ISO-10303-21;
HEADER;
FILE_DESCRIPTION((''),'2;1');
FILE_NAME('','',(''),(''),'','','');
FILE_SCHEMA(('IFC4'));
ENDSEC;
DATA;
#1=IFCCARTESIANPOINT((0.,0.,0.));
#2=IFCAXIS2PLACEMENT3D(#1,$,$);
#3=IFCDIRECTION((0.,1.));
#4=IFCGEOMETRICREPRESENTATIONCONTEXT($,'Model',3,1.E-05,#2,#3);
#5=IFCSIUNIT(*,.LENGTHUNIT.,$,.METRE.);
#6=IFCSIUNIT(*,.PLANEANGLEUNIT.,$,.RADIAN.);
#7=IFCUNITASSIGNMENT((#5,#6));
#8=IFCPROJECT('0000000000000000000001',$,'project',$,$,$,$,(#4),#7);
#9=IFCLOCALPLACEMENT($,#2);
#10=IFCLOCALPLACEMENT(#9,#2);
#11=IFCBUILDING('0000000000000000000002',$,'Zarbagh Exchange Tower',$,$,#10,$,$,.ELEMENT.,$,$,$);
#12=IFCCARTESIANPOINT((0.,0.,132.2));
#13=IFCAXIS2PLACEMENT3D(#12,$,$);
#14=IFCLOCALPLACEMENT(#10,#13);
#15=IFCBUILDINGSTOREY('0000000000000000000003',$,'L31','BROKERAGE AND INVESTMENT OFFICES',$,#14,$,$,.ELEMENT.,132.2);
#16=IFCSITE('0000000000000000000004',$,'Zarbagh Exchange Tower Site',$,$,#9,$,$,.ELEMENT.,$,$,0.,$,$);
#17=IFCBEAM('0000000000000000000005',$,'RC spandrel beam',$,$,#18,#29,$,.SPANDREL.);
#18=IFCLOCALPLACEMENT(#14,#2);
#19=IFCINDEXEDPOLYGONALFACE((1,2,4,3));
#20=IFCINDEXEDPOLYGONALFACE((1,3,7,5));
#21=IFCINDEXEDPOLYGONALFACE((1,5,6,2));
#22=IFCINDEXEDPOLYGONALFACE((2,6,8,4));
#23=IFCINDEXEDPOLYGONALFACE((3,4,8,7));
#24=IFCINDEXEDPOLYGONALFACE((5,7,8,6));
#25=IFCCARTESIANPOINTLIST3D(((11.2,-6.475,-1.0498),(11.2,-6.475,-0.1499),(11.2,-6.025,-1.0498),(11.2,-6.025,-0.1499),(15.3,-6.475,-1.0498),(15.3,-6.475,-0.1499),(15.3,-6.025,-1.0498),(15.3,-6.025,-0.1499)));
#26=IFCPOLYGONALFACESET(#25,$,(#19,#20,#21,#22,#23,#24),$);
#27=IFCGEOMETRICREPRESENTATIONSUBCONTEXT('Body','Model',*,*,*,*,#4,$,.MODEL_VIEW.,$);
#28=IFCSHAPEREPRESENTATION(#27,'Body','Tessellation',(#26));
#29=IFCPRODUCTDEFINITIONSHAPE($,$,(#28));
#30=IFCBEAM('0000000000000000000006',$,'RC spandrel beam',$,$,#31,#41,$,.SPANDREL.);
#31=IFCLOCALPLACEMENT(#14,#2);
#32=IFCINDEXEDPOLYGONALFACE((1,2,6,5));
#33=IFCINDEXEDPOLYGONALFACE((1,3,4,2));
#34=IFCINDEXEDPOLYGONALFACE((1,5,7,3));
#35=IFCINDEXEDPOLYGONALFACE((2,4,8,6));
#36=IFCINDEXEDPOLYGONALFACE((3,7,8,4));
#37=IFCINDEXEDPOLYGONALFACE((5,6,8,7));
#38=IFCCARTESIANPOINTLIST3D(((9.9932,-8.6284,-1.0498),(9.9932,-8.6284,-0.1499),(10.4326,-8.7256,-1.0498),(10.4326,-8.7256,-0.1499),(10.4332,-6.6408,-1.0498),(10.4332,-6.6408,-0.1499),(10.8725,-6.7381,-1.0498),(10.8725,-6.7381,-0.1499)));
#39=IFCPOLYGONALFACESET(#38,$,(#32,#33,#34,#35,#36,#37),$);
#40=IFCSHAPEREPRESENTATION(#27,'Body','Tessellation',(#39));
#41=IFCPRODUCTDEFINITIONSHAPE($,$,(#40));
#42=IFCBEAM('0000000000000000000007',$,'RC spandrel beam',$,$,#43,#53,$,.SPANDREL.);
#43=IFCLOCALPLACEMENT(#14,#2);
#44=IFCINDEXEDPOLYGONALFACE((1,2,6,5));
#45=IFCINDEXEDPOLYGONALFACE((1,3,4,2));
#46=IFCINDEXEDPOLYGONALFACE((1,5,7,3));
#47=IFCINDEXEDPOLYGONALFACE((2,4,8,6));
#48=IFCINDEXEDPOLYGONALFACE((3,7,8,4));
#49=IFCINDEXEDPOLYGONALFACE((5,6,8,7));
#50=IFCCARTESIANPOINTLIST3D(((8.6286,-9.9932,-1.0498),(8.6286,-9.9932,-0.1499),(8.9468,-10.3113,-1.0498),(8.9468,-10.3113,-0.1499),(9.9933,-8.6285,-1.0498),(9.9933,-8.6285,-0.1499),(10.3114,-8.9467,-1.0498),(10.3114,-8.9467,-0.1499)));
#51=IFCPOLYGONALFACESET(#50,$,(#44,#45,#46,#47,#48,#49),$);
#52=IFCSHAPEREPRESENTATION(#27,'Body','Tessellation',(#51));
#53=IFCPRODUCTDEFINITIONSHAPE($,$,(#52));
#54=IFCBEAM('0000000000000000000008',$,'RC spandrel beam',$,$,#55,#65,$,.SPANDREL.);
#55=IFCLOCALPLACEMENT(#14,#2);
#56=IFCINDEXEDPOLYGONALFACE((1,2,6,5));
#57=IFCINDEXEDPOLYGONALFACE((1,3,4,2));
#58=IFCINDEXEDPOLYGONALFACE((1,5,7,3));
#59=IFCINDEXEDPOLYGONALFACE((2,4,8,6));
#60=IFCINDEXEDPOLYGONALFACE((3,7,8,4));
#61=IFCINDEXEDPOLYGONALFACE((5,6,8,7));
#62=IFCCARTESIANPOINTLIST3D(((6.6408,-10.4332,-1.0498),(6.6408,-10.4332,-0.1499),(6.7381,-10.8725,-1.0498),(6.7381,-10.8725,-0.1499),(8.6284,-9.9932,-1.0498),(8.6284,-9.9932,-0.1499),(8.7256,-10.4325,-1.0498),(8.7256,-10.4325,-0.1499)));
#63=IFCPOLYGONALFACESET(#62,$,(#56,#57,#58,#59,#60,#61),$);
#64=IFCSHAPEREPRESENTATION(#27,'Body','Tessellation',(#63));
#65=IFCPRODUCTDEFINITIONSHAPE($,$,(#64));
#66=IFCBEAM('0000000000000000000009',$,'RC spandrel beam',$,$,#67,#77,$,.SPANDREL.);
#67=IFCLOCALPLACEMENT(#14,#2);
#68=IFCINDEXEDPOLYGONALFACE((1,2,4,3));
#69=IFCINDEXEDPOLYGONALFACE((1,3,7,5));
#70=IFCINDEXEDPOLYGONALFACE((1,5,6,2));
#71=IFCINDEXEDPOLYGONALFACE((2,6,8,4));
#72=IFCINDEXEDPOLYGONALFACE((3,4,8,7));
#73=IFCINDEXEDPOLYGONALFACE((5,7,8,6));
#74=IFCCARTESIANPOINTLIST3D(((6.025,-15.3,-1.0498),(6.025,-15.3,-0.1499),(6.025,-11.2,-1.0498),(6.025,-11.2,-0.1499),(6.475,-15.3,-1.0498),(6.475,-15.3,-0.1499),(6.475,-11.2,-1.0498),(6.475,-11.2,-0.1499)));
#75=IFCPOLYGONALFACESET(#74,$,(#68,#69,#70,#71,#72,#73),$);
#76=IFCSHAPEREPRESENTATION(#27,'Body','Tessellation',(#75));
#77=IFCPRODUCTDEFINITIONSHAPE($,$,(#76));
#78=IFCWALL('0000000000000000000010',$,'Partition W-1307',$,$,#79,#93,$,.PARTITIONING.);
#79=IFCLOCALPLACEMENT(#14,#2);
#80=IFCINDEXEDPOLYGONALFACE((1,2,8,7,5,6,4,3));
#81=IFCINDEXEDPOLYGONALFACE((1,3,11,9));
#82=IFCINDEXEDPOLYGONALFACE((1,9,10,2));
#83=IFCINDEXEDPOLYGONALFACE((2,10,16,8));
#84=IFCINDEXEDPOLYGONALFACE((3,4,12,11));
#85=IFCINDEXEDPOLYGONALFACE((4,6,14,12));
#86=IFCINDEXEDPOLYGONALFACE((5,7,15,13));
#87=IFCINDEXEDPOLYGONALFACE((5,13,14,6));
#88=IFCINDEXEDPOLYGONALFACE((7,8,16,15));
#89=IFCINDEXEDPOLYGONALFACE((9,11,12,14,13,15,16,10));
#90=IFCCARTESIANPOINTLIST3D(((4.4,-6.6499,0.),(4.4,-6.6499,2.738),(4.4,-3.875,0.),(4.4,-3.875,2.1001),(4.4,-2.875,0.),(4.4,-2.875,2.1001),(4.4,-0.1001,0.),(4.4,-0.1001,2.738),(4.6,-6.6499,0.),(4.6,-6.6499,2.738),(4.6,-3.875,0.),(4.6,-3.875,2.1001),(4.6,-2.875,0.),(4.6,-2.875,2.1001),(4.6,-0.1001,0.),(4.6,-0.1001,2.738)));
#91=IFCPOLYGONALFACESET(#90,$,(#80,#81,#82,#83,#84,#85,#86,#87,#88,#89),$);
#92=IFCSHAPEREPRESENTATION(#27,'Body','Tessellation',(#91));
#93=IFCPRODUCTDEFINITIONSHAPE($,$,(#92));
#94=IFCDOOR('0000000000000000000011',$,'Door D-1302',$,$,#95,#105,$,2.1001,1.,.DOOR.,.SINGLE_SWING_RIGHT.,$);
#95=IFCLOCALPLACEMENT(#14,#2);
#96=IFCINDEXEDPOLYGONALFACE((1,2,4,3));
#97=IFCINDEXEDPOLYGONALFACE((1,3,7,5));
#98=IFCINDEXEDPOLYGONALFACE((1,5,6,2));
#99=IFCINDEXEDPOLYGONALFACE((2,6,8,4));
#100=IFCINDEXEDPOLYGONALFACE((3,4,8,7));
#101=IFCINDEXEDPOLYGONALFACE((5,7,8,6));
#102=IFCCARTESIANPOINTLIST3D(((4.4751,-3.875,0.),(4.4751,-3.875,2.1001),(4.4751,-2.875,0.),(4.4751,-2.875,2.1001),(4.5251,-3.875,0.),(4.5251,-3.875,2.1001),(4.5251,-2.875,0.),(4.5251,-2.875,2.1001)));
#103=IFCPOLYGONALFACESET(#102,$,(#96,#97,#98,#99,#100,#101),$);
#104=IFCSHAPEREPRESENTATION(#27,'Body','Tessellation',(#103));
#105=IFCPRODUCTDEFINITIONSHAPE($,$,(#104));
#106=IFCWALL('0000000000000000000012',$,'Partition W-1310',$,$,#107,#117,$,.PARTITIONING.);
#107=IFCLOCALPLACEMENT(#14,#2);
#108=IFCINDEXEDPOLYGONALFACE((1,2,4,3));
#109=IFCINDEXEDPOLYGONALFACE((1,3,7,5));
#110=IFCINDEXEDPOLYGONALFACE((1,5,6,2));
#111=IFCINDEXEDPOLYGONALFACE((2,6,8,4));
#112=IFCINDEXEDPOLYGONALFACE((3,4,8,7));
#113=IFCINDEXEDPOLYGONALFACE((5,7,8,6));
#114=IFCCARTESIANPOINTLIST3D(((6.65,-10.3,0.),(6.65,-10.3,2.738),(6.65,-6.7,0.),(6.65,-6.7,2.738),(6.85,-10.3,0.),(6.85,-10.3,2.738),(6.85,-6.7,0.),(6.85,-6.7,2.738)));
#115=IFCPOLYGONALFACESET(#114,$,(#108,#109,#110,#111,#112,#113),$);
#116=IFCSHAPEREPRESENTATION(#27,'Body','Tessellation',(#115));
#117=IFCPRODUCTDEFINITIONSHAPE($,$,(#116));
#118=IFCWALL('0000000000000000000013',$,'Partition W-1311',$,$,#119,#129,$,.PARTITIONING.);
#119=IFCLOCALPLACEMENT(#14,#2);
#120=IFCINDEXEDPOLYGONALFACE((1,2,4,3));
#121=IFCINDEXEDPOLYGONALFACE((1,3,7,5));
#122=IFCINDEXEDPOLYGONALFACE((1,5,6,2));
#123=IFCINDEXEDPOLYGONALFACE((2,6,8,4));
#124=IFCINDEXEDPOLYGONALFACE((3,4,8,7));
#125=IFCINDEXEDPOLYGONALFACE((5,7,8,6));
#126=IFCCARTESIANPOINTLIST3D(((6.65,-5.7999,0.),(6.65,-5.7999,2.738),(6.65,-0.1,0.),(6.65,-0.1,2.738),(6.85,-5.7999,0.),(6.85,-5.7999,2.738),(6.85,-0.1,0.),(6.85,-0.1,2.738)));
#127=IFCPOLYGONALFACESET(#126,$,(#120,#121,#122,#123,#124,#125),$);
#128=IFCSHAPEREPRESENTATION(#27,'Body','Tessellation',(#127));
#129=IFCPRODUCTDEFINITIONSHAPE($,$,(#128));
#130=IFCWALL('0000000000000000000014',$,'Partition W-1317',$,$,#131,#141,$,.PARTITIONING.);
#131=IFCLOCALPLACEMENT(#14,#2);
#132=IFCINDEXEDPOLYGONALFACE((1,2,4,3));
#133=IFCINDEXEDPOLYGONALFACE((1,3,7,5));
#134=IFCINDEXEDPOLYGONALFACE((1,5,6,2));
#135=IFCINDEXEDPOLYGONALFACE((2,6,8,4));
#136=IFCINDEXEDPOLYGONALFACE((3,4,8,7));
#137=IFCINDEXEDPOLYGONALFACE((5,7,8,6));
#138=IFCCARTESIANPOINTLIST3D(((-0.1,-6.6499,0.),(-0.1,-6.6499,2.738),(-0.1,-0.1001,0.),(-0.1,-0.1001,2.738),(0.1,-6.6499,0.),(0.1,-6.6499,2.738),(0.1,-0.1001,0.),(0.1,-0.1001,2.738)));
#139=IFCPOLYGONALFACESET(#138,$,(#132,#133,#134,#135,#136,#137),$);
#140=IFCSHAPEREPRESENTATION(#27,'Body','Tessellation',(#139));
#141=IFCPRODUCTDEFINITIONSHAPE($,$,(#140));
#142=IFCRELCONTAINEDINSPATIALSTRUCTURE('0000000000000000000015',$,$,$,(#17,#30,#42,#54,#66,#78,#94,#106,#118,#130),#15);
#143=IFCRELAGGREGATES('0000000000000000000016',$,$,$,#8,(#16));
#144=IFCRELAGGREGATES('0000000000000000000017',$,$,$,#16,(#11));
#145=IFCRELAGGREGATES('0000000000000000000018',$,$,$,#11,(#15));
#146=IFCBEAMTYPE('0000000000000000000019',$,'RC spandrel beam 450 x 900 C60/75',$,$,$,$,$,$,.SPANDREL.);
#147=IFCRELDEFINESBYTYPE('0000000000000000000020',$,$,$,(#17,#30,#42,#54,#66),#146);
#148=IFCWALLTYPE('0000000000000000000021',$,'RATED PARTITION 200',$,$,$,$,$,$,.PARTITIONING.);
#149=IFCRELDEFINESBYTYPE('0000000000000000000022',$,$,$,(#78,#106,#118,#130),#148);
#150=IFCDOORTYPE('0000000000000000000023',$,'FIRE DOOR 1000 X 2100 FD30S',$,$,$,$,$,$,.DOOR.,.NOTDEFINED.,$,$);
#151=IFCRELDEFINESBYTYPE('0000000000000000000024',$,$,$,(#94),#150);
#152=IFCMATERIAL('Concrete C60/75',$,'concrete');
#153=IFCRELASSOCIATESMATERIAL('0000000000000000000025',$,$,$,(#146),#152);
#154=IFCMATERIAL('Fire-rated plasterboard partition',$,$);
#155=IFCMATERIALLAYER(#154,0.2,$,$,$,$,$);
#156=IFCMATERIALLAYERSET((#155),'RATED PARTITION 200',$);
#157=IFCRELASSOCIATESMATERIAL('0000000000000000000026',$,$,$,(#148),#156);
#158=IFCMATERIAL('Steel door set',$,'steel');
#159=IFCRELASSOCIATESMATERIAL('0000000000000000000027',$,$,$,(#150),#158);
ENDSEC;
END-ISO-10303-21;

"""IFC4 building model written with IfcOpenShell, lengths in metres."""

from ifc_helpers import new_model, si_unit, direction, frame, frame_2d, origin, origin_2d, place, context, subcontext, project, spatial, rectangle, extrude, material, layer, layer_set, material_profile, profile_set, type_object, element, fill, save


model = new_model("IFC4")

# Units and contexts
model_context = context("Model", 3, precision=1e-05, world=origin(), true_north=direction((0.0, 1.0)))
body_context = subcontext(model_context, "Body", "Model", "MODEL_VIEW")
ifc_project = project(units=[si_unit("LENGTHUNIT", "METRE"), si_unit("PLANEANGLEUNIT", "RADIAN")], contexts=[model_context])

# Site, building, storey
site_placement = place(None, origin())
site = spatial("IfcSite", under=ifc_project, at=site_placement, Name="Zarbagh Exchange Tower Site", CompositionType="ELEMENT", RefElevation=0.0)
building_placement = place(site_placement, origin())
building = spatial("IfcBuilding", under=site, at=building_placement, Name="Zarbagh Exchange Tower", CompositionType="ELEMENT")
storey_placement = place(building_placement, frame((0.0, 0.0, 132.2)))
storey = spatial("IfcBuildingStorey", under=building, at=storey_placement, Name="L31", Description="BROKERAGE AND INVESTMENT OFFICES", CompositionType="ELEMENT", Elevation=132.2)

# Shared definitions
ifc_material_1 = material(Name="Concrete C60/75", Category="concrete")

# Beams
ifc_material_profile_1 = material_profile(ifc_material_1, rectangle(XDim=0.45, YDim=0.8999, at=origin_2d()), Name="RC spandrel beam 450 x 900 C60/75")
ifc_profile_set_1 = profile_set([ifc_material_profile_1], Name="Concrete C60/75")
beam_type_1 = type_object("IfcBeamType", Name="RC spandrel beam 450 x 900 C60/75", PredefinedType="SPANDREL", material=ifc_profile_set_1)
beam_1_placement = place(storey_placement, frame((15.3, -6.25, -0.5999), z_axis=(-1.0, 0.0, 0.0), x_axis=(0.0, -1.0, 0.0)))
element("IfcBeam", 1, at=beam_1_placement, inside=storey, type_object=beam_type_1, Name="RC spandrel beam", PredefinedType="SPANDREL", context=body_context, shape_type="SweptSolid", body=[
    extrude(rectangle(XDim=0.45, YDim=0.8999, at=origin_2d()), origin(), (0.0, 0.0, 1.0), 4.1001),
])
beam_2_placement = place(storey_placement, frame((10.6528, -6.6895, -0.5999), z_axis=(-0.216118, -0.976367, 0.0), x_axis=(0.976367, -0.216118, 0.0)))
element("IfcBeam", 2, at=beam_2_placement, inside=storey, type_object=beam_type_1, Name="RC spandrel beam", PredefinedType="SPANDREL", context=body_context, shape_type="SweptSolid", body=[
    extrude(rectangle(XDim=0.45, YDim=0.8999, at=origin_2d()), origin(), (0.0, 0.0, 1.0), 2.0356),
])
beam_3_placement = place(storey_placement, frame((10.1523, -8.7876, -0.5999), z_axis=(-0.707107, -0.707107, 0.0), x_axis=(0.707107, -0.707107, 0.0)))
element("IfcBeam", 3, at=beam_3_placement, inside=storey, type_object=beam_type_1, Name="RC spandrel beam", PredefinedType="SPANDREL", context=body_context, shape_type="SweptSolid", body=[
    extrude(rectangle(XDim=0.45, YDim=0.8999, at=origin_2d()), origin(), (0.0, 0.0, 1.0), 1.9299),
])
beam_4_placement = place(storey_placement, frame((8.677, -10.2129, -0.5999), z_axis=(-0.976367, -0.216118, 0.0), x_axis=(0.216118, -0.976367, 0.0)))
element("IfcBeam", 4, at=beam_4_placement, inside=storey, type_object=beam_type_1, Name="RC spandrel beam", PredefinedType="SPANDREL", context=body_context, shape_type="SweptSolid", body=[
    extrude(rectangle(XDim=0.45, YDim=0.8999, at=origin_2d()), origin(), (0.0, 0.0, 1.0), 2.0356),
])
beam_5_placement = place(storey_placement, frame((6.25, -11.2, -0.5999), z_axis=(0.0, -1.0, 0.0), x_axis=(1.0, 0.0, 0.0)))
element("IfcBeam", 5, at=beam_5_placement, inside=storey, type_object=beam_type_1, Name="RC spandrel beam", PredefinedType="SPANDREL", context=body_context, shape_type="SweptSolid", body=[
    extrude(rectangle(XDim=0.45, YDim=0.8999, at=origin_2d()), origin(), (0.0, 0.0, 1.0), 4.1001),
])

# Wall, opening, door
ifc_material_2 = material(Name="Fire-rated plasterboard partition")
ifc_layer_1 = layer(ifc_material_2, 0.2)
ifc_layer_set_1 = layer_set([ifc_layer_1], Name="RATED PARTITION 200")
wall_type_1 = type_object("IfcWallType", Name="RATED PARTITION 200", PredefinedType="PARTITIONING", material=ifc_layer_set_1)
wall_1_placement = place(storey_placement, frame((4.5, -6.6499, 0.0), z_axis=(0.0, 0.0, 1.0), x_axis=(0.0, 1.0, 0.0)))
wall_1 = element("IfcWall", 6, at=wall_1_placement, inside=storey, type_object=wall_type_1, Name="Partition W-1307", PredefinedType="PARTITIONING", context=body_context, shape_type="SweptSolid", body=[
    extrude(rectangle(XDim=6.5498, YDim=0.2, at=frame_2d((3.2749, 0.0))), origin(), (0.0, 0.0, 1.0), 2.738),
])
opening_1_placement = place(wall_1_placement, frame((2.7749, 0.0, 0.0)))
opening_1 = element("IfcOpeningElement", 7, at=opening_1_placement, cuts=wall_1, PredefinedType="OPENING", context=body_context, shape_type="SweptSolid", body=[
    extrude(rectangle(XDim=1.0, YDim=2.1001, at=frame_2d((0.5, 1.05))), frame((0.0, 0.1099, 0.0), z_axis=(0.0, -1.0, 0.0), x_axis=(1.0, 0.0, 0.0)), (0.0, 0.0, 1.0), 0.22),
])
ifc_material_3 = material(Name="Steel door set", Category="steel")
door_type_1 = type_object("IfcDoorType", Name="FIRE DOOR 1000 X 2100 FD30S", OperationType="NOTDEFINED", PredefinedType="DOOR", material=ifc_material_3)
door_1_placement = place(opening_1_placement, origin())
door_1 = element("IfcDoor", 8, at=door_1_placement, inside=storey, type_object=door_type_1, Name="Door D-1302", OperationType="SINGLE_SWING_RIGHT", OverallHeight=2.1001, OverallWidth=1.0, PredefinedType="DOOR", context=body_context, shape_type="SweptSolid", body=[
    extrude(rectangle(XDim=1.0, YDim=2.1001, at=frame_2d((0.5, 1.05))), frame((0.0, 0.0249, 0.0), z_axis=(0.0, -1.0, 0.0), x_axis=(1.0, 0.0, 0.0)), (0.0, 0.0, 1.0), 0.05),
])
fill(opening_1, door_1)

# Walls
wall_2_placement = place(storey_placement, frame((6.75, -10.3, 0.0), z_axis=(0.0, 0.0, 1.0), x_axis=(0.0, 1.0, 0.0)))
element("IfcWall", 9, at=wall_2_placement, inside=storey, type_object=wall_type_1, Name="Partition W-1310", PredefinedType="PARTITIONING", context=body_context, shape_type="SweptSolid", body=[
    extrude(rectangle(XDim=3.6001, YDim=0.2, at=frame_2d((1.8, 0.0))), origin(), (0.0, 0.0, 1.0), 2.738),
])
wall_3_placement = place(storey_placement, frame((6.75, -5.8, 0.0), z_axis=(0.0, 0.0, 1.0), x_axis=(0.0, 1.0, 0.0)))
element("IfcWall", 10, at=wall_3_placement, inside=storey, type_object=wall_type_1, Name="Partition W-1311", PredefinedType="PARTITIONING", context=body_context, shape_type="SweptSolid", body=[
    extrude(rectangle(XDim=5.7, YDim=0.2, at=frame_2d((2.8501, 0.0))), origin(), (0.0, 0.0, 1.0), 2.738),
])
wall_4_placement = place(storey_placement, frame((0.0, -6.6499, 0.0), z_axis=(0.0, 0.0, 1.0), x_axis=(0.0, 1.0, 0.0)))
element("IfcWall", 11, at=wall_4_placement, inside=storey, type_object=wall_type_1, Name="Partition W-1317", PredefinedType="PARTITIONING", context=body_context, shape_type="SweptSolid", body=[
    extrude(rectangle(XDim=6.5498, YDim=0.2, at=frame_2d((3.2749, 0.0))), origin(), (0.0, 0.0, 1.0), 2.738),
])

save(model, "model.ifc")
